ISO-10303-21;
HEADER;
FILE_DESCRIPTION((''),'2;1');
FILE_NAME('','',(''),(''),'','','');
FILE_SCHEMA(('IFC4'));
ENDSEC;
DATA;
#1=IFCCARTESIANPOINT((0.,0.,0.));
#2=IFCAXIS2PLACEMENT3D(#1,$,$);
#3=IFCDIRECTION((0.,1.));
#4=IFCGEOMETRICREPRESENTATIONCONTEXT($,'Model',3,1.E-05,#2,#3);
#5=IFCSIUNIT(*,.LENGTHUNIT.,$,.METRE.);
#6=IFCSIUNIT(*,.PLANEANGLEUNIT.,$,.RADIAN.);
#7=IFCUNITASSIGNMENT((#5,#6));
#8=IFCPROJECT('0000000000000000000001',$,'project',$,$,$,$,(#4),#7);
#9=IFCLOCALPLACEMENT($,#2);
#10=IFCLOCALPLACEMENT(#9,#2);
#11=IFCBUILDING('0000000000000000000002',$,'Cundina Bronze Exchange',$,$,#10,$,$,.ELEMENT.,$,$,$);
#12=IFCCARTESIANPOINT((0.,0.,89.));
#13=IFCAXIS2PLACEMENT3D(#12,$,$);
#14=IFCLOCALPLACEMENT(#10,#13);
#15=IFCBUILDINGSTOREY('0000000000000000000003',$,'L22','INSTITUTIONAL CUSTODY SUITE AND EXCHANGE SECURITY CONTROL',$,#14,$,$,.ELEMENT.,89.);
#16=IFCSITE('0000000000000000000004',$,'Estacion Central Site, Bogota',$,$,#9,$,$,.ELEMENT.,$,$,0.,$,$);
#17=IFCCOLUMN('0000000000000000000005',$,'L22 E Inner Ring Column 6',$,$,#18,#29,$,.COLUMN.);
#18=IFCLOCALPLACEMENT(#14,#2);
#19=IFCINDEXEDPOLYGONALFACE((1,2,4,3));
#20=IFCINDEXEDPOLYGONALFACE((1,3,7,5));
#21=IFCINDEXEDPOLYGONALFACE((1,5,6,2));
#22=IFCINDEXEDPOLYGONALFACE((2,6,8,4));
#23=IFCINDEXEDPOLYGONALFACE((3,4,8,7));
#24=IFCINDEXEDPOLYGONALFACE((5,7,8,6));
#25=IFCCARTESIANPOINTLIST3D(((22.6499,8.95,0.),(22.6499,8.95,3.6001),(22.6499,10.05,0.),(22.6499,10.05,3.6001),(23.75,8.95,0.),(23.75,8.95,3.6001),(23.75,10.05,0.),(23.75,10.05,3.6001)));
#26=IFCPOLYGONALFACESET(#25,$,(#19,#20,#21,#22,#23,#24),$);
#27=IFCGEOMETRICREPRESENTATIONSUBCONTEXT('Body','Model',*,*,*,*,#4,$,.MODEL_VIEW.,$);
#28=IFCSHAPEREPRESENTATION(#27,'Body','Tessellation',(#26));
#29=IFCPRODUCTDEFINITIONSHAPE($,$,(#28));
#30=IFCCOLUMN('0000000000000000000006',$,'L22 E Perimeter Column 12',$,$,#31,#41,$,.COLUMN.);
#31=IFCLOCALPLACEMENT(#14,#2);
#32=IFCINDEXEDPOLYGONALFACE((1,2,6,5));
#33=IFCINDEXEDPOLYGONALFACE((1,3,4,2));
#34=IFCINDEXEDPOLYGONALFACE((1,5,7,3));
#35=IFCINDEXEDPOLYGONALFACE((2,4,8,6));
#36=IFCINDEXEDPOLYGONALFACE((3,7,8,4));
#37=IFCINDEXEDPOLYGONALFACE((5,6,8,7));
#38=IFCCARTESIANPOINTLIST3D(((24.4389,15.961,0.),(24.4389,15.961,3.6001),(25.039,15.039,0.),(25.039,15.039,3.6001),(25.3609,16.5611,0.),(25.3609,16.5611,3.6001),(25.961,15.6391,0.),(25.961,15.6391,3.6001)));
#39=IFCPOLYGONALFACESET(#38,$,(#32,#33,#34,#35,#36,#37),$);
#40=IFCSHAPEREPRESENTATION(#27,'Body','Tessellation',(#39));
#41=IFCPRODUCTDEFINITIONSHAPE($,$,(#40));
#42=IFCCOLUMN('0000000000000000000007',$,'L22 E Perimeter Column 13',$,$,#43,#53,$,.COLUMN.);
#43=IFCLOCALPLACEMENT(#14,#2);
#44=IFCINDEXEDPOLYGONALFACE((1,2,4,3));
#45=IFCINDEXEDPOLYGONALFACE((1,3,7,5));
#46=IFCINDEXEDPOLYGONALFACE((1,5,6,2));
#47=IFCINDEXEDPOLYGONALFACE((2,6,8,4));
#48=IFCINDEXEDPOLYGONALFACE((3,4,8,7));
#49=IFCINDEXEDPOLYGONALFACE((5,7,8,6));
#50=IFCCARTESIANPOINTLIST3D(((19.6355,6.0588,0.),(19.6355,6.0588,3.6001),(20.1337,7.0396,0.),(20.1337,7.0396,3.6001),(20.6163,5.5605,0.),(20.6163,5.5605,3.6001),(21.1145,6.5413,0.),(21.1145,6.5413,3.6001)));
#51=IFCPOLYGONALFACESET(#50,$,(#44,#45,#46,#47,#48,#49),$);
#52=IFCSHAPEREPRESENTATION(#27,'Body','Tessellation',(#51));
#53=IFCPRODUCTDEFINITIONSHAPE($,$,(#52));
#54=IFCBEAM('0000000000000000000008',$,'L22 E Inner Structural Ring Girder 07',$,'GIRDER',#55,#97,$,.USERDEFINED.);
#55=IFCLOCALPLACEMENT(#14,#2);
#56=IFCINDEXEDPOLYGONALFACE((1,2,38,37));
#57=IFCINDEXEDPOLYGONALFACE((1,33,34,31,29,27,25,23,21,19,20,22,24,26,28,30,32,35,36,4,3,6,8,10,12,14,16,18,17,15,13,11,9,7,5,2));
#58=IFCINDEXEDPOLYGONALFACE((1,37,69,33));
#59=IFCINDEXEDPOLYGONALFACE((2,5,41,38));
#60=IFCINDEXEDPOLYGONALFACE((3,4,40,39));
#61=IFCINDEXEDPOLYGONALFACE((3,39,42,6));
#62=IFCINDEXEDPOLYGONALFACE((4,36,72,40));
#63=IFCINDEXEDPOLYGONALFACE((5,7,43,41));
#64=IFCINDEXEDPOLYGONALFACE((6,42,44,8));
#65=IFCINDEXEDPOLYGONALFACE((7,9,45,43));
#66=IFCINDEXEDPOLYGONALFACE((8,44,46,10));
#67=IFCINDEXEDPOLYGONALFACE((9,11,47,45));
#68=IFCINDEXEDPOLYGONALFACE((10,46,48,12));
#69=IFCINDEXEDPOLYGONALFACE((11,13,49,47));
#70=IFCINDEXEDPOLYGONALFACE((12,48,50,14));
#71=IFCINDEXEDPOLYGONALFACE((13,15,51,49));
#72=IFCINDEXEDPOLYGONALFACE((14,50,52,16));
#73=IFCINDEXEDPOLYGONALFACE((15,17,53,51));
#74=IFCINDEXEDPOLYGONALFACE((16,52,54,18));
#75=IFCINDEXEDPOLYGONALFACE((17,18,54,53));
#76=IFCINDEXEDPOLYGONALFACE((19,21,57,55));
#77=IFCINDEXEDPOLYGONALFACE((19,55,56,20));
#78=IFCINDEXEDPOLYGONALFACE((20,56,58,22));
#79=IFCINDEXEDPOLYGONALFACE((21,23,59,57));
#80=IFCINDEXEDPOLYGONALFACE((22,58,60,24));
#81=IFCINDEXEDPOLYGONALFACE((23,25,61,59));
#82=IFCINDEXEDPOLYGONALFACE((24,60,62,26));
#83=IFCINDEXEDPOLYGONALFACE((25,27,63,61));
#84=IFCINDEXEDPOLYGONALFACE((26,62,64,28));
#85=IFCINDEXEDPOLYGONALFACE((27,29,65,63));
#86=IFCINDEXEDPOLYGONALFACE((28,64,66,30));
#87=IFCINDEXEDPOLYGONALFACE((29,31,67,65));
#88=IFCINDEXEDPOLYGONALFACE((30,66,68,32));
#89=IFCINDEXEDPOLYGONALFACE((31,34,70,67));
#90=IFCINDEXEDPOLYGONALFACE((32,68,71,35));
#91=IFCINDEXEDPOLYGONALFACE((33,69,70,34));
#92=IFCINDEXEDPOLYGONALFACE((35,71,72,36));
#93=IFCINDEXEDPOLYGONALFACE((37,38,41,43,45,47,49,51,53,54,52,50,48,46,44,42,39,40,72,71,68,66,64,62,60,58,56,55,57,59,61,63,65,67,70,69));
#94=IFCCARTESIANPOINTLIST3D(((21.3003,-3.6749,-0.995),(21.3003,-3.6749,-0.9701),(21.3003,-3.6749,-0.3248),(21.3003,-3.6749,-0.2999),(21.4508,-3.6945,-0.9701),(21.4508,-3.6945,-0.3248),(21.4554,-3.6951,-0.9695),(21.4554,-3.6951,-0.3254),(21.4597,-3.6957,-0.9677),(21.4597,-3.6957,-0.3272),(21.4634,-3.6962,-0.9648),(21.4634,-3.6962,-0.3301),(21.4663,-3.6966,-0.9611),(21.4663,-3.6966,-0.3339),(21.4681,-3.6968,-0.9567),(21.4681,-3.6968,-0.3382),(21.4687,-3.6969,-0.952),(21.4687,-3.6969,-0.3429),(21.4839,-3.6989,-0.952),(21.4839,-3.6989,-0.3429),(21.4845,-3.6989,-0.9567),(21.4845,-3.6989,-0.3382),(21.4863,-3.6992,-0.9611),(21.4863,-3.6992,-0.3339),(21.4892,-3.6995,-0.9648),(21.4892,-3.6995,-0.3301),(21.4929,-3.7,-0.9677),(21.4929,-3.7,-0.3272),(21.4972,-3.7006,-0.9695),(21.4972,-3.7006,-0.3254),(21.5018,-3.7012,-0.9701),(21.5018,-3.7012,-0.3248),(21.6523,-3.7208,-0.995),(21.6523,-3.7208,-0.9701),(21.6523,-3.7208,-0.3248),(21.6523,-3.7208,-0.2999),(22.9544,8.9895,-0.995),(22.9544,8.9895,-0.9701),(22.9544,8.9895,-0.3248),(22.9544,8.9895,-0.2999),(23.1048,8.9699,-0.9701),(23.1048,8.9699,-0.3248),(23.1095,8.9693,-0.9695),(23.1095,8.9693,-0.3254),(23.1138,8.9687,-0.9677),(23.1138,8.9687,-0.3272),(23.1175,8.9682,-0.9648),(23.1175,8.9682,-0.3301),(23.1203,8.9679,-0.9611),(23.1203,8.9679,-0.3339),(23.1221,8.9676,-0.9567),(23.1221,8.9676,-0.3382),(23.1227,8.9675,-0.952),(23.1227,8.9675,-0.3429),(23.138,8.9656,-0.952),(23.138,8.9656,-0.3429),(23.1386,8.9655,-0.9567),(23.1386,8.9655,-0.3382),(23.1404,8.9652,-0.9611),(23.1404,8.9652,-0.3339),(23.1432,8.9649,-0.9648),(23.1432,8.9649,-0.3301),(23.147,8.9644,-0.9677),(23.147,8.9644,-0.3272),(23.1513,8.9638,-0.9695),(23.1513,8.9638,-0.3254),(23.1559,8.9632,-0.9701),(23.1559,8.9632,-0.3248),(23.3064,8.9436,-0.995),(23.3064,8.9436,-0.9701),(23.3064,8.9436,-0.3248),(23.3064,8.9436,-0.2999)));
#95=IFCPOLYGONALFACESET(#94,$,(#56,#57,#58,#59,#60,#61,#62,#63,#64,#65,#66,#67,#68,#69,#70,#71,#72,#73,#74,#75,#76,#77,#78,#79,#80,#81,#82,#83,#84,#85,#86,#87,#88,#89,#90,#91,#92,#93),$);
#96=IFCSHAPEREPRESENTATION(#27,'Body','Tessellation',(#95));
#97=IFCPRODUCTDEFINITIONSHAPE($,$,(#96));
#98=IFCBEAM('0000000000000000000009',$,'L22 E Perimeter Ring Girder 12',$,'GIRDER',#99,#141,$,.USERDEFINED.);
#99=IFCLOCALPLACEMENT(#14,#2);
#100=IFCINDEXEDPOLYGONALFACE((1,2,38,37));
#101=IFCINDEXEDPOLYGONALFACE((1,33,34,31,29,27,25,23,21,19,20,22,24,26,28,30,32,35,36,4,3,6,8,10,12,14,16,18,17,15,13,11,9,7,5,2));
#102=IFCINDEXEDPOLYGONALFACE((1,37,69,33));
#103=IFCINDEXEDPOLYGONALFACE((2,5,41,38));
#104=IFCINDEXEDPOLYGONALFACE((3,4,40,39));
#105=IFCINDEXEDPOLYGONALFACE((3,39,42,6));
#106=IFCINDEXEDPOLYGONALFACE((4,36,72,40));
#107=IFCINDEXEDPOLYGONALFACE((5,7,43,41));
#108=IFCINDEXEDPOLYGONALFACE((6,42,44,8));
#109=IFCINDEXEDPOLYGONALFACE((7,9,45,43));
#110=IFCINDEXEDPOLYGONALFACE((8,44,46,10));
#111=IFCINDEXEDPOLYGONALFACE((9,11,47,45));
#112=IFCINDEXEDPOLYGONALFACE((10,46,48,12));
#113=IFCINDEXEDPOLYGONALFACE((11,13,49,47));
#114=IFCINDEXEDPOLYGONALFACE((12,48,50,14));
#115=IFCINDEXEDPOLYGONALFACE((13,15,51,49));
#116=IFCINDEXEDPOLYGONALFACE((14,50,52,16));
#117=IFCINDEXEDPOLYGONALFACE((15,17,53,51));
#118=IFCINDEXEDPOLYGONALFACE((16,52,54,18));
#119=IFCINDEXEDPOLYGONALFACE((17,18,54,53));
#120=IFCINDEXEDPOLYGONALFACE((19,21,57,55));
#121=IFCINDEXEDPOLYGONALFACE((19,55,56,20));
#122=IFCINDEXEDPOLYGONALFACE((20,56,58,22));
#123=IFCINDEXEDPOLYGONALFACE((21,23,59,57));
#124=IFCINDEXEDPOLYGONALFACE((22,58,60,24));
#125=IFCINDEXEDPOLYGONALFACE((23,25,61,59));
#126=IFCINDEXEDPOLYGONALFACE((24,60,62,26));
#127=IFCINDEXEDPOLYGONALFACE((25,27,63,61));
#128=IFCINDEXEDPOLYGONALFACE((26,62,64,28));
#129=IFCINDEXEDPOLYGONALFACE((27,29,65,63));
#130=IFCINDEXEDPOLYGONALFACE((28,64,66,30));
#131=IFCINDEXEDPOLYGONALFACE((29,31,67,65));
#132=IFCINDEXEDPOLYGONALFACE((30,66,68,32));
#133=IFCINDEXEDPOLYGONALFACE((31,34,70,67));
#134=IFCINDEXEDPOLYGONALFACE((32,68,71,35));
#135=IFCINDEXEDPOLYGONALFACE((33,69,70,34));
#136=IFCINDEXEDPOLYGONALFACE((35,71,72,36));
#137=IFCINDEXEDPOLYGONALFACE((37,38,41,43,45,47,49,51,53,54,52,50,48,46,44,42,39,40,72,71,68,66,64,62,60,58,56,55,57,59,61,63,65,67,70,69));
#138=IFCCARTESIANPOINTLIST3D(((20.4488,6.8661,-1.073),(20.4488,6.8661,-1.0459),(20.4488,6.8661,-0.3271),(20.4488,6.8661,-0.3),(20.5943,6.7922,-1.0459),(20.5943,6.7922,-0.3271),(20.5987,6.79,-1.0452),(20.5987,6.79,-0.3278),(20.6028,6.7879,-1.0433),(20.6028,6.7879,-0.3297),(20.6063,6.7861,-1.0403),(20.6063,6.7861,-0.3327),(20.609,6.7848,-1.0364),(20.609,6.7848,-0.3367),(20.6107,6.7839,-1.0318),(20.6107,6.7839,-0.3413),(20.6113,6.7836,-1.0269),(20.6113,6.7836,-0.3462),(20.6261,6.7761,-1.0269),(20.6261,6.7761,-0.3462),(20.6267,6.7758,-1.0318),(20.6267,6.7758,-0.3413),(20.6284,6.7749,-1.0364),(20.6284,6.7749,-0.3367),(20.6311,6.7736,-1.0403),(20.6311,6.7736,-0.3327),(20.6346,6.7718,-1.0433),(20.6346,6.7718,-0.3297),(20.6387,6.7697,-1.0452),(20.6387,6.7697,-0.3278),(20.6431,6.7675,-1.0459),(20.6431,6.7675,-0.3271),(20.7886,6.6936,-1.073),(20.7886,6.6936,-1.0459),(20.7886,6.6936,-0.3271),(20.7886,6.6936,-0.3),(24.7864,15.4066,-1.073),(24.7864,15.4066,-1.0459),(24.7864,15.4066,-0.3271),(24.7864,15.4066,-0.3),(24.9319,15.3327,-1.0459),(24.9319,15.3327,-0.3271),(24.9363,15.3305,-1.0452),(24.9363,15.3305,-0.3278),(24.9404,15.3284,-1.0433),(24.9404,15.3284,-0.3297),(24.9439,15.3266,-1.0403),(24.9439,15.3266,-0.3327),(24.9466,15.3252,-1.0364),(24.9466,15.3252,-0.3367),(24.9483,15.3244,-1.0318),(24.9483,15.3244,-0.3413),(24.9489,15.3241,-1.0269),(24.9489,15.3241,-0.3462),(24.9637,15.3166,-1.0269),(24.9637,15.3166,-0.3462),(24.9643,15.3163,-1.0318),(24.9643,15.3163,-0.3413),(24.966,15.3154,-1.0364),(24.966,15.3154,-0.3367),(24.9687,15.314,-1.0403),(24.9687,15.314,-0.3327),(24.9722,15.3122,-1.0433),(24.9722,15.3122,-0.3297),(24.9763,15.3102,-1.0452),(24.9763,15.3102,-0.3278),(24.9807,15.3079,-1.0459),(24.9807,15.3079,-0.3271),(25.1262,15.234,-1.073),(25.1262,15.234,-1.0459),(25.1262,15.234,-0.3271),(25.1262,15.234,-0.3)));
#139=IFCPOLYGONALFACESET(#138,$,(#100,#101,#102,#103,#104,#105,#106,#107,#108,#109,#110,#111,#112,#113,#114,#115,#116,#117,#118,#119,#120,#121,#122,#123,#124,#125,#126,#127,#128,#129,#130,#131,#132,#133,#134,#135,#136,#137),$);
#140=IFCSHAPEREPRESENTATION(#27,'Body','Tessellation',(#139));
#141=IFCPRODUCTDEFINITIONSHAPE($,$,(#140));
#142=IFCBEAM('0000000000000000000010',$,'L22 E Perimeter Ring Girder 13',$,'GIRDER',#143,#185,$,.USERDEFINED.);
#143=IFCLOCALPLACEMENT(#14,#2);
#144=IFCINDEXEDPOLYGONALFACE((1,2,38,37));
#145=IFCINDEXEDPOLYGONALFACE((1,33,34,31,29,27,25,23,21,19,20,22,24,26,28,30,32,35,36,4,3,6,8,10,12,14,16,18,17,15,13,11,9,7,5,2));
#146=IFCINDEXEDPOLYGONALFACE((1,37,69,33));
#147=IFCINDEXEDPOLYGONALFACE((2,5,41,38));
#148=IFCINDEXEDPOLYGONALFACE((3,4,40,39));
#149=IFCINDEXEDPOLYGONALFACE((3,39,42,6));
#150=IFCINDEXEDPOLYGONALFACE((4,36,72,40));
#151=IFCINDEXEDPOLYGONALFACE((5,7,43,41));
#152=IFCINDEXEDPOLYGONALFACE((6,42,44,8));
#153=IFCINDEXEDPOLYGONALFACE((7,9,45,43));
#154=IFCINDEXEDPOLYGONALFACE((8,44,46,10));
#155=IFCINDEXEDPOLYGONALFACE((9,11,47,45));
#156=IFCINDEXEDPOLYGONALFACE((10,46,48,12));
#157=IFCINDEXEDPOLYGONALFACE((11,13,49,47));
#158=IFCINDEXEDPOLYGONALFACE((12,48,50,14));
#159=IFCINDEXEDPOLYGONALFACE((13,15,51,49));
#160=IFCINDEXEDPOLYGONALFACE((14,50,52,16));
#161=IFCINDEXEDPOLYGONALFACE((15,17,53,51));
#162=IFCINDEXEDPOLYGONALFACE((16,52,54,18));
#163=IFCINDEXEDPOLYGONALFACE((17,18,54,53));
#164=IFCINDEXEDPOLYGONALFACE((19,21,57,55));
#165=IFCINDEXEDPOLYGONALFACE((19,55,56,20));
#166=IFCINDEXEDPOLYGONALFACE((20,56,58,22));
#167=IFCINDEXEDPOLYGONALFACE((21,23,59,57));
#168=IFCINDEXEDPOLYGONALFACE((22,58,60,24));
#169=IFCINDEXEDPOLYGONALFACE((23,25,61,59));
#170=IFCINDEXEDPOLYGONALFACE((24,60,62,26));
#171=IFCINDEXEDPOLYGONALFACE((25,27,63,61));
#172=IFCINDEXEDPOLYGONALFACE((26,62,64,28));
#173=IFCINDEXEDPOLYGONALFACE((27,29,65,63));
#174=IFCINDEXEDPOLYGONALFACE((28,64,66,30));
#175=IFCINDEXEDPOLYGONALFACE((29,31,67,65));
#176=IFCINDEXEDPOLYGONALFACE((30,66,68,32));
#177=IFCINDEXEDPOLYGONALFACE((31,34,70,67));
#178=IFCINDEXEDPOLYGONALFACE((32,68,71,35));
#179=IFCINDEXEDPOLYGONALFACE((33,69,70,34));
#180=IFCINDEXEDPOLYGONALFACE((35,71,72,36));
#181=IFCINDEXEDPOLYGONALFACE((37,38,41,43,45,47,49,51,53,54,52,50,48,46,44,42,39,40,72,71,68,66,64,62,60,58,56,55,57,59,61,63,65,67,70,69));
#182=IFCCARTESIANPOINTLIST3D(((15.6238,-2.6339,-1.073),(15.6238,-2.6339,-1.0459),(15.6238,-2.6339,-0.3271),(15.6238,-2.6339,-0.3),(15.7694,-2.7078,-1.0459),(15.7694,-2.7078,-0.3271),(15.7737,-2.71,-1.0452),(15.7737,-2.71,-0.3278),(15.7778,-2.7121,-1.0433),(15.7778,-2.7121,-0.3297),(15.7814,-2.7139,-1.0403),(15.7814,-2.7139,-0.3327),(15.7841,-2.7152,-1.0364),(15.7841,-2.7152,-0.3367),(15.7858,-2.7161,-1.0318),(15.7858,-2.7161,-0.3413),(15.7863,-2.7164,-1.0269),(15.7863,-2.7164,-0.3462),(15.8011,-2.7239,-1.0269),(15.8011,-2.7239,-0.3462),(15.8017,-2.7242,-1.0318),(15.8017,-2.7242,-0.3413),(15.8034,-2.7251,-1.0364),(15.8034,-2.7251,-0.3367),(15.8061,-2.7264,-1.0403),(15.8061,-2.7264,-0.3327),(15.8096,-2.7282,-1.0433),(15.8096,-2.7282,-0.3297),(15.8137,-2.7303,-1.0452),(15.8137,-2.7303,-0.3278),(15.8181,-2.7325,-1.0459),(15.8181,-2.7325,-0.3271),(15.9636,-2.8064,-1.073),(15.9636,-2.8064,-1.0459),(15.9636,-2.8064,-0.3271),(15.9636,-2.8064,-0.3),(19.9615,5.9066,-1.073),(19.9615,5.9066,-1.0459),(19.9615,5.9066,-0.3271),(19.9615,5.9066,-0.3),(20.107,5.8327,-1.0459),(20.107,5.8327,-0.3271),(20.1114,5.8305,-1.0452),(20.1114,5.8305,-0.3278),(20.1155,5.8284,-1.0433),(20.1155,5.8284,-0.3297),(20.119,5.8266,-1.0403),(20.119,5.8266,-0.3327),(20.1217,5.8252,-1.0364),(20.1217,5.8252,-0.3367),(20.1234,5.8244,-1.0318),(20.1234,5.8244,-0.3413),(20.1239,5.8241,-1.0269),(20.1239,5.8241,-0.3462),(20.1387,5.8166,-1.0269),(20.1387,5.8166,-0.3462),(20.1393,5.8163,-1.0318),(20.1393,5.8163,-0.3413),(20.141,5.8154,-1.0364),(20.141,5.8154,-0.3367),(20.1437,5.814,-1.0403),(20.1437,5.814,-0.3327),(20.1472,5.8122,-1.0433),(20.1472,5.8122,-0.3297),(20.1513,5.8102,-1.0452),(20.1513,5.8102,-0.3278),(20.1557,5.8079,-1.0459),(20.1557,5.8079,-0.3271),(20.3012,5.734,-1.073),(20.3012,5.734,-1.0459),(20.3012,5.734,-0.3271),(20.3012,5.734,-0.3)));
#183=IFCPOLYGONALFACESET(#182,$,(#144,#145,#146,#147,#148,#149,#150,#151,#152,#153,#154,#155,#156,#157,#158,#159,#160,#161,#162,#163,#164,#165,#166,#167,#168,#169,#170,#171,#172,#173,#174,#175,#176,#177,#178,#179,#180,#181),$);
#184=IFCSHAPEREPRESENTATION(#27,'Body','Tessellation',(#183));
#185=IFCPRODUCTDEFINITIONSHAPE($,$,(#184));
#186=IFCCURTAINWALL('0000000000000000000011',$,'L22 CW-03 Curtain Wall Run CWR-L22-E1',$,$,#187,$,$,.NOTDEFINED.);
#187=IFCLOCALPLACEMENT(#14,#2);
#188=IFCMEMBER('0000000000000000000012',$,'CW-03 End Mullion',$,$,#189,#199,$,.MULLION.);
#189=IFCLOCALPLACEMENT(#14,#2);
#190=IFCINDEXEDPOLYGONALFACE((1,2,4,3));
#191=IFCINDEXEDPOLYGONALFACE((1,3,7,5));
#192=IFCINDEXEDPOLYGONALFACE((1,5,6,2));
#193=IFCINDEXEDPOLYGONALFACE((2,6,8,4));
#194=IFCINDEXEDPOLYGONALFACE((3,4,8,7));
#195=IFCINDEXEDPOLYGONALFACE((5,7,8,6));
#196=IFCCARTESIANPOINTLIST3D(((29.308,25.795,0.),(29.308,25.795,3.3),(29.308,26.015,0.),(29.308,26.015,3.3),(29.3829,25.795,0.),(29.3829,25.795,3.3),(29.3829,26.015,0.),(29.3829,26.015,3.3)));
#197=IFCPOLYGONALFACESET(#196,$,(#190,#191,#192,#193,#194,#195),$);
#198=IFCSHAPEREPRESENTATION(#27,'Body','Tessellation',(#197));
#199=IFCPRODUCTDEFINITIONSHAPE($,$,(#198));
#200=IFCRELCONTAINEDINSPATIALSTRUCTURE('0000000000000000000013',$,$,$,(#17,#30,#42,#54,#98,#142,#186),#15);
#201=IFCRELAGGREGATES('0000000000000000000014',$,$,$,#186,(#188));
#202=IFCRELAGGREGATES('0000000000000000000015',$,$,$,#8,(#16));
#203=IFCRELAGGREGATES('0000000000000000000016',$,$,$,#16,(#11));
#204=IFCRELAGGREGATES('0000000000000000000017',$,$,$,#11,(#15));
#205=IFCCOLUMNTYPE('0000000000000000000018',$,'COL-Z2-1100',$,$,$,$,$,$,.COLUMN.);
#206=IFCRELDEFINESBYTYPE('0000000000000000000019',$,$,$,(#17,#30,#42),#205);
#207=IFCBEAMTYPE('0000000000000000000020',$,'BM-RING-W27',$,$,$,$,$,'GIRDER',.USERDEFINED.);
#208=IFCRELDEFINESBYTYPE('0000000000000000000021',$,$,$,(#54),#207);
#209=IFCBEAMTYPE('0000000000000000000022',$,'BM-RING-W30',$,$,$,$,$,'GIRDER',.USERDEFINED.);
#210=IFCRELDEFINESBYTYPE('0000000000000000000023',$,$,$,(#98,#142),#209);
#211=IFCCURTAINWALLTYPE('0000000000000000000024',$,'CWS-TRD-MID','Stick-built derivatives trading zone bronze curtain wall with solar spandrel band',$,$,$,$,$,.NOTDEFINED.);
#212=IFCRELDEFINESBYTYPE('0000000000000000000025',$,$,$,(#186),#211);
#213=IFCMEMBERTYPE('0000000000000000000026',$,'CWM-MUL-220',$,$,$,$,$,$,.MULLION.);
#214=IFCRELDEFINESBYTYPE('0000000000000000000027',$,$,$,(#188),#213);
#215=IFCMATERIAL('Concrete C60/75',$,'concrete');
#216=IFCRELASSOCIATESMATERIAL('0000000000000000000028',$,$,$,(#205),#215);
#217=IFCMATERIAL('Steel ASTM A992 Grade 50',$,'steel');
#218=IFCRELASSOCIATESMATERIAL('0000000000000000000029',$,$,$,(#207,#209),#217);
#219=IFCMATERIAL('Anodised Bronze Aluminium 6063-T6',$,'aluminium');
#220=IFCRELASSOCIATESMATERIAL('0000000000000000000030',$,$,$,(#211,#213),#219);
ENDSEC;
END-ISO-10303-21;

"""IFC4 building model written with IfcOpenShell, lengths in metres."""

from ifc_helpers import new_model, si_unit, direction, frame, origin, origin_2d, place, context, subcontext, project, spatial, rectangle, i_section, extrude, material, material_profile, profile_set, type_object, element, aggregate, save


model = new_model("IFC4")

# Units and contexts
model_context = context("Model", 3, precision=1e-05, world=origin(), true_north=direction((0.0, 1.0)))
body_context = subcontext(model_context, "Body", "Model", "MODEL_VIEW")
ifc_project = project(units=[si_unit("LENGTHUNIT", "METRE"), si_unit("PLANEANGLEUNIT", "RADIAN")], contexts=[model_context])

# Site, building, storey
site_placement = place(None, origin())
site = spatial("IfcSite", under=ifc_project, at=site_placement, Name="Estacion Central Site, Bogota", CompositionType="ELEMENT", RefElevation=0.0)
building_placement = place(site_placement, origin())
building = spatial("IfcBuilding", under=site, at=building_placement, Name="Cundina Bronze Exchange", CompositionType="ELEMENT")
storey_placement = place(building_placement, frame((0.0, 0.0, 89.0)))
storey = spatial("IfcBuildingStorey", under=building, at=storey_placement, Name="L22", Description="INSTITUTIONAL CUSTODY SUITE AND EXCHANGE SECURITY CONTROL", CompositionType="ELEMENT", Elevation=89.0)

# Columns
ifc_material_1 = material(Name="Concrete C60/75", Category="concrete")
ifc_material_profile_1 = material_profile(ifc_material_1, rectangle(XDim=1.1001, YDim=1.1001, at=origin_2d()), Name="RC1100X1100", Category="concrete")
ifc_profile_set_1 = profile_set([ifc_material_profile_1], Name="Concrete C60/75")
column_type = type_object("IfcColumnType", Name="COL-Z2-1100", PredefinedType="COLUMN", material=ifc_profile_set_1)
for number, where, z_axis, x_axis, name in (
    (1, (23.2, 9.5, 0.0), (0.0, 0.0, 1.0), (1.0, 0.0, 0.0), "L22 E Inner Ring Column 6"),
    (2, (25.2, 15.8, 0.0), (0.0, 0.0, 1.0), (-0.8381, -0.545517, 0.0), "L22 E Perimeter Column 12"),
    (3, (20.375, 6.3, 0.0), (0.0, 0.0, 1.0), (-0.452902, -0.891561, 0.0), "L22 E Perimeter Column 13"),
):
    element("IfcColumn", number, at=place(storey_placement, frame(where, z_axis=z_axis, x_axis=x_axis)), inside=storey, type_object=column_type, Name=name, PredefinedType="COLUMN", context=body_context, shape_type="SweptSolid", body=[
        extrude(rectangle(XDim=1.1001, YDim=1.1001, at=origin_2d()), origin(), (0.0, 0.0, 1.0), 3.6001),
    ])

# Beams
ifc_material_2 = material(Name="Steel ASTM A992 Grade 50", Category="steel")
ifc_material_profile_2 = material_profile(ifc_material_2, i_section(OverallWidth=0.355, OverallDepth=0.6951, WebThickness=0.0154, FlangeThickness=0.0249, FilletRadius=0.0181, at=origin_2d()), Name="W27X146", Category="steel")
ifc_profile_set_2 = profile_set([ifc_material_profile_2], Name="Steel ASTM A992 Grade 50")
beam_type_1 = type_object("IfcBeamType", Name="BM-RING-W27", ElementType="GIRDER", PredefinedType="USERDEFINED", material=ifc_profile_set_2)
beam_placement = place(storey_placement, frame((23.1304, 8.9666, -0.6475), z_axis=(-0.129508, -0.991578, 0.0), x_axis=(0.991578, -0.129508, 0.0)))
element("IfcBeam", 4, at=beam_placement, inside=storey, type_object=beam_type_1, Name="L22 E Inner Structural Ring Girder 07", ObjectType="GIRDER", PredefinedType="USERDEFINED", context=body_context, shape_type="SweptSolid", body=[
    extrude(i_section(OverallWidth=0.355, OverallDepth=0.6951, WebThickness=0.0154, FlangeThickness=0.0249, FilletRadius=0.0181, at=origin_2d()), origin(), (0.0, 0.0, 1.0), 12.772),
])
ifc_material_profile_3 = material_profile(ifc_material_2, i_section(OverallWidth=0.3811, OverallDepth=0.7729, WebThickness=0.0166, FlangeThickness=0.0271, FilletRadius=0.019, at=origin_2d()), Name="W30X173", Category="steel")
ifc_profile_set_3 = profile_set([ifc_material_profile_3], Name="Steel ASTM A992 Grade 50")
beam_type_2 = type_object("IfcBeamType", Name="BM-RING-W30", ElementType="GIRDER", PredefinedType="USERDEFINED", material=ifc_profile_set_3)
for number, where, z_axis, x_axis, name in (
    (5, (24.9563, 15.3203, -0.6865), (-0.452832, -0.891596, 0.0), (0.891596, -0.452832, 0.0), "L22 E Perimeter Ring Girder 12"),
    (6, (20.1313, 5.8203, -0.6865), (-0.452832, -0.891596, 0.0), (0.891596, -0.452832, 0.0), "L22 E Perimeter Ring Girder 13"),
):
    element("IfcBeam", number, at=place(storey_placement, frame(where, z_axis=z_axis, x_axis=x_axis)), inside=storey, type_object=beam_type_2, Name=name, ObjectType="GIRDER", PredefinedType="USERDEFINED", context=body_context, shape_type="SweptSolid", body=[
        extrude(i_section(OverallWidth=0.3811, OverallDepth=0.7729, WebThickness=0.0166, FlangeThickness=0.0271, FilletRadius=0.019, at=origin_2d()), origin(), (0.0, 0.0, 1.0), 9.5789),
    ])

# Curtain wall, member
ifc_material_3 = material(Name="Anodised Bronze Aluminium 6063-T6", Category="aluminium")
curtain_wall_type = type_object("IfcCurtainWallType", Name="CWS-TRD-MID", Description="Stick-built derivatives trading zone bronze curtain wall with solar spandrel band", PredefinedType="NOTDEFINED", material=ifc_material_3)
curtain_wall_1_placement = place(storey_placement, origin())
curtain_wall_1 = element("IfcCurtainWall", 7, at=curtain_wall_1_placement, inside=storey, type_object=curtain_wall_type, Name="L22 CW-03 Curtain Wall Run CWR-L22-E1", PredefinedType="NOTDEFINED")
ifc_material_profile_4 = material_profile(ifc_material_3, rectangle(XDim=0.075, YDim=0.22, at=origin_2d()), Name="AL75X220", Category="aluminium")
ifc_profile_set_4 = profile_set([ifc_material_profile_4], Name="Anodised Bronze Aluminium 6063-T6")
member_type_1 = type_object("IfcMemberType", Name="CWM-MUL-220", PredefinedType="MULLION", material=ifc_profile_set_4)
member_1_placement = place(storey_placement, frame((29.3455, 25.905, 0.0), z_axis=(0.0, 0.0, 1.0), x_axis=(-1.0, 0.0, 0.0)))
member_1 = element("IfcMember", 8, at=member_1_placement, type_object=member_type_1, Name="CW-03 End Mullion", PredefinedType="MULLION", context=body_context, shape_type="SweptSolid", body=[
    extrude(rectangle(XDim=0.075, YDim=0.22, at=origin_2d()), origin(), (0.0, 0.0, 1.0), 3.3),
])
aggregate(curtain_wall_1, [member_1])

save(model, "model.ifc")
